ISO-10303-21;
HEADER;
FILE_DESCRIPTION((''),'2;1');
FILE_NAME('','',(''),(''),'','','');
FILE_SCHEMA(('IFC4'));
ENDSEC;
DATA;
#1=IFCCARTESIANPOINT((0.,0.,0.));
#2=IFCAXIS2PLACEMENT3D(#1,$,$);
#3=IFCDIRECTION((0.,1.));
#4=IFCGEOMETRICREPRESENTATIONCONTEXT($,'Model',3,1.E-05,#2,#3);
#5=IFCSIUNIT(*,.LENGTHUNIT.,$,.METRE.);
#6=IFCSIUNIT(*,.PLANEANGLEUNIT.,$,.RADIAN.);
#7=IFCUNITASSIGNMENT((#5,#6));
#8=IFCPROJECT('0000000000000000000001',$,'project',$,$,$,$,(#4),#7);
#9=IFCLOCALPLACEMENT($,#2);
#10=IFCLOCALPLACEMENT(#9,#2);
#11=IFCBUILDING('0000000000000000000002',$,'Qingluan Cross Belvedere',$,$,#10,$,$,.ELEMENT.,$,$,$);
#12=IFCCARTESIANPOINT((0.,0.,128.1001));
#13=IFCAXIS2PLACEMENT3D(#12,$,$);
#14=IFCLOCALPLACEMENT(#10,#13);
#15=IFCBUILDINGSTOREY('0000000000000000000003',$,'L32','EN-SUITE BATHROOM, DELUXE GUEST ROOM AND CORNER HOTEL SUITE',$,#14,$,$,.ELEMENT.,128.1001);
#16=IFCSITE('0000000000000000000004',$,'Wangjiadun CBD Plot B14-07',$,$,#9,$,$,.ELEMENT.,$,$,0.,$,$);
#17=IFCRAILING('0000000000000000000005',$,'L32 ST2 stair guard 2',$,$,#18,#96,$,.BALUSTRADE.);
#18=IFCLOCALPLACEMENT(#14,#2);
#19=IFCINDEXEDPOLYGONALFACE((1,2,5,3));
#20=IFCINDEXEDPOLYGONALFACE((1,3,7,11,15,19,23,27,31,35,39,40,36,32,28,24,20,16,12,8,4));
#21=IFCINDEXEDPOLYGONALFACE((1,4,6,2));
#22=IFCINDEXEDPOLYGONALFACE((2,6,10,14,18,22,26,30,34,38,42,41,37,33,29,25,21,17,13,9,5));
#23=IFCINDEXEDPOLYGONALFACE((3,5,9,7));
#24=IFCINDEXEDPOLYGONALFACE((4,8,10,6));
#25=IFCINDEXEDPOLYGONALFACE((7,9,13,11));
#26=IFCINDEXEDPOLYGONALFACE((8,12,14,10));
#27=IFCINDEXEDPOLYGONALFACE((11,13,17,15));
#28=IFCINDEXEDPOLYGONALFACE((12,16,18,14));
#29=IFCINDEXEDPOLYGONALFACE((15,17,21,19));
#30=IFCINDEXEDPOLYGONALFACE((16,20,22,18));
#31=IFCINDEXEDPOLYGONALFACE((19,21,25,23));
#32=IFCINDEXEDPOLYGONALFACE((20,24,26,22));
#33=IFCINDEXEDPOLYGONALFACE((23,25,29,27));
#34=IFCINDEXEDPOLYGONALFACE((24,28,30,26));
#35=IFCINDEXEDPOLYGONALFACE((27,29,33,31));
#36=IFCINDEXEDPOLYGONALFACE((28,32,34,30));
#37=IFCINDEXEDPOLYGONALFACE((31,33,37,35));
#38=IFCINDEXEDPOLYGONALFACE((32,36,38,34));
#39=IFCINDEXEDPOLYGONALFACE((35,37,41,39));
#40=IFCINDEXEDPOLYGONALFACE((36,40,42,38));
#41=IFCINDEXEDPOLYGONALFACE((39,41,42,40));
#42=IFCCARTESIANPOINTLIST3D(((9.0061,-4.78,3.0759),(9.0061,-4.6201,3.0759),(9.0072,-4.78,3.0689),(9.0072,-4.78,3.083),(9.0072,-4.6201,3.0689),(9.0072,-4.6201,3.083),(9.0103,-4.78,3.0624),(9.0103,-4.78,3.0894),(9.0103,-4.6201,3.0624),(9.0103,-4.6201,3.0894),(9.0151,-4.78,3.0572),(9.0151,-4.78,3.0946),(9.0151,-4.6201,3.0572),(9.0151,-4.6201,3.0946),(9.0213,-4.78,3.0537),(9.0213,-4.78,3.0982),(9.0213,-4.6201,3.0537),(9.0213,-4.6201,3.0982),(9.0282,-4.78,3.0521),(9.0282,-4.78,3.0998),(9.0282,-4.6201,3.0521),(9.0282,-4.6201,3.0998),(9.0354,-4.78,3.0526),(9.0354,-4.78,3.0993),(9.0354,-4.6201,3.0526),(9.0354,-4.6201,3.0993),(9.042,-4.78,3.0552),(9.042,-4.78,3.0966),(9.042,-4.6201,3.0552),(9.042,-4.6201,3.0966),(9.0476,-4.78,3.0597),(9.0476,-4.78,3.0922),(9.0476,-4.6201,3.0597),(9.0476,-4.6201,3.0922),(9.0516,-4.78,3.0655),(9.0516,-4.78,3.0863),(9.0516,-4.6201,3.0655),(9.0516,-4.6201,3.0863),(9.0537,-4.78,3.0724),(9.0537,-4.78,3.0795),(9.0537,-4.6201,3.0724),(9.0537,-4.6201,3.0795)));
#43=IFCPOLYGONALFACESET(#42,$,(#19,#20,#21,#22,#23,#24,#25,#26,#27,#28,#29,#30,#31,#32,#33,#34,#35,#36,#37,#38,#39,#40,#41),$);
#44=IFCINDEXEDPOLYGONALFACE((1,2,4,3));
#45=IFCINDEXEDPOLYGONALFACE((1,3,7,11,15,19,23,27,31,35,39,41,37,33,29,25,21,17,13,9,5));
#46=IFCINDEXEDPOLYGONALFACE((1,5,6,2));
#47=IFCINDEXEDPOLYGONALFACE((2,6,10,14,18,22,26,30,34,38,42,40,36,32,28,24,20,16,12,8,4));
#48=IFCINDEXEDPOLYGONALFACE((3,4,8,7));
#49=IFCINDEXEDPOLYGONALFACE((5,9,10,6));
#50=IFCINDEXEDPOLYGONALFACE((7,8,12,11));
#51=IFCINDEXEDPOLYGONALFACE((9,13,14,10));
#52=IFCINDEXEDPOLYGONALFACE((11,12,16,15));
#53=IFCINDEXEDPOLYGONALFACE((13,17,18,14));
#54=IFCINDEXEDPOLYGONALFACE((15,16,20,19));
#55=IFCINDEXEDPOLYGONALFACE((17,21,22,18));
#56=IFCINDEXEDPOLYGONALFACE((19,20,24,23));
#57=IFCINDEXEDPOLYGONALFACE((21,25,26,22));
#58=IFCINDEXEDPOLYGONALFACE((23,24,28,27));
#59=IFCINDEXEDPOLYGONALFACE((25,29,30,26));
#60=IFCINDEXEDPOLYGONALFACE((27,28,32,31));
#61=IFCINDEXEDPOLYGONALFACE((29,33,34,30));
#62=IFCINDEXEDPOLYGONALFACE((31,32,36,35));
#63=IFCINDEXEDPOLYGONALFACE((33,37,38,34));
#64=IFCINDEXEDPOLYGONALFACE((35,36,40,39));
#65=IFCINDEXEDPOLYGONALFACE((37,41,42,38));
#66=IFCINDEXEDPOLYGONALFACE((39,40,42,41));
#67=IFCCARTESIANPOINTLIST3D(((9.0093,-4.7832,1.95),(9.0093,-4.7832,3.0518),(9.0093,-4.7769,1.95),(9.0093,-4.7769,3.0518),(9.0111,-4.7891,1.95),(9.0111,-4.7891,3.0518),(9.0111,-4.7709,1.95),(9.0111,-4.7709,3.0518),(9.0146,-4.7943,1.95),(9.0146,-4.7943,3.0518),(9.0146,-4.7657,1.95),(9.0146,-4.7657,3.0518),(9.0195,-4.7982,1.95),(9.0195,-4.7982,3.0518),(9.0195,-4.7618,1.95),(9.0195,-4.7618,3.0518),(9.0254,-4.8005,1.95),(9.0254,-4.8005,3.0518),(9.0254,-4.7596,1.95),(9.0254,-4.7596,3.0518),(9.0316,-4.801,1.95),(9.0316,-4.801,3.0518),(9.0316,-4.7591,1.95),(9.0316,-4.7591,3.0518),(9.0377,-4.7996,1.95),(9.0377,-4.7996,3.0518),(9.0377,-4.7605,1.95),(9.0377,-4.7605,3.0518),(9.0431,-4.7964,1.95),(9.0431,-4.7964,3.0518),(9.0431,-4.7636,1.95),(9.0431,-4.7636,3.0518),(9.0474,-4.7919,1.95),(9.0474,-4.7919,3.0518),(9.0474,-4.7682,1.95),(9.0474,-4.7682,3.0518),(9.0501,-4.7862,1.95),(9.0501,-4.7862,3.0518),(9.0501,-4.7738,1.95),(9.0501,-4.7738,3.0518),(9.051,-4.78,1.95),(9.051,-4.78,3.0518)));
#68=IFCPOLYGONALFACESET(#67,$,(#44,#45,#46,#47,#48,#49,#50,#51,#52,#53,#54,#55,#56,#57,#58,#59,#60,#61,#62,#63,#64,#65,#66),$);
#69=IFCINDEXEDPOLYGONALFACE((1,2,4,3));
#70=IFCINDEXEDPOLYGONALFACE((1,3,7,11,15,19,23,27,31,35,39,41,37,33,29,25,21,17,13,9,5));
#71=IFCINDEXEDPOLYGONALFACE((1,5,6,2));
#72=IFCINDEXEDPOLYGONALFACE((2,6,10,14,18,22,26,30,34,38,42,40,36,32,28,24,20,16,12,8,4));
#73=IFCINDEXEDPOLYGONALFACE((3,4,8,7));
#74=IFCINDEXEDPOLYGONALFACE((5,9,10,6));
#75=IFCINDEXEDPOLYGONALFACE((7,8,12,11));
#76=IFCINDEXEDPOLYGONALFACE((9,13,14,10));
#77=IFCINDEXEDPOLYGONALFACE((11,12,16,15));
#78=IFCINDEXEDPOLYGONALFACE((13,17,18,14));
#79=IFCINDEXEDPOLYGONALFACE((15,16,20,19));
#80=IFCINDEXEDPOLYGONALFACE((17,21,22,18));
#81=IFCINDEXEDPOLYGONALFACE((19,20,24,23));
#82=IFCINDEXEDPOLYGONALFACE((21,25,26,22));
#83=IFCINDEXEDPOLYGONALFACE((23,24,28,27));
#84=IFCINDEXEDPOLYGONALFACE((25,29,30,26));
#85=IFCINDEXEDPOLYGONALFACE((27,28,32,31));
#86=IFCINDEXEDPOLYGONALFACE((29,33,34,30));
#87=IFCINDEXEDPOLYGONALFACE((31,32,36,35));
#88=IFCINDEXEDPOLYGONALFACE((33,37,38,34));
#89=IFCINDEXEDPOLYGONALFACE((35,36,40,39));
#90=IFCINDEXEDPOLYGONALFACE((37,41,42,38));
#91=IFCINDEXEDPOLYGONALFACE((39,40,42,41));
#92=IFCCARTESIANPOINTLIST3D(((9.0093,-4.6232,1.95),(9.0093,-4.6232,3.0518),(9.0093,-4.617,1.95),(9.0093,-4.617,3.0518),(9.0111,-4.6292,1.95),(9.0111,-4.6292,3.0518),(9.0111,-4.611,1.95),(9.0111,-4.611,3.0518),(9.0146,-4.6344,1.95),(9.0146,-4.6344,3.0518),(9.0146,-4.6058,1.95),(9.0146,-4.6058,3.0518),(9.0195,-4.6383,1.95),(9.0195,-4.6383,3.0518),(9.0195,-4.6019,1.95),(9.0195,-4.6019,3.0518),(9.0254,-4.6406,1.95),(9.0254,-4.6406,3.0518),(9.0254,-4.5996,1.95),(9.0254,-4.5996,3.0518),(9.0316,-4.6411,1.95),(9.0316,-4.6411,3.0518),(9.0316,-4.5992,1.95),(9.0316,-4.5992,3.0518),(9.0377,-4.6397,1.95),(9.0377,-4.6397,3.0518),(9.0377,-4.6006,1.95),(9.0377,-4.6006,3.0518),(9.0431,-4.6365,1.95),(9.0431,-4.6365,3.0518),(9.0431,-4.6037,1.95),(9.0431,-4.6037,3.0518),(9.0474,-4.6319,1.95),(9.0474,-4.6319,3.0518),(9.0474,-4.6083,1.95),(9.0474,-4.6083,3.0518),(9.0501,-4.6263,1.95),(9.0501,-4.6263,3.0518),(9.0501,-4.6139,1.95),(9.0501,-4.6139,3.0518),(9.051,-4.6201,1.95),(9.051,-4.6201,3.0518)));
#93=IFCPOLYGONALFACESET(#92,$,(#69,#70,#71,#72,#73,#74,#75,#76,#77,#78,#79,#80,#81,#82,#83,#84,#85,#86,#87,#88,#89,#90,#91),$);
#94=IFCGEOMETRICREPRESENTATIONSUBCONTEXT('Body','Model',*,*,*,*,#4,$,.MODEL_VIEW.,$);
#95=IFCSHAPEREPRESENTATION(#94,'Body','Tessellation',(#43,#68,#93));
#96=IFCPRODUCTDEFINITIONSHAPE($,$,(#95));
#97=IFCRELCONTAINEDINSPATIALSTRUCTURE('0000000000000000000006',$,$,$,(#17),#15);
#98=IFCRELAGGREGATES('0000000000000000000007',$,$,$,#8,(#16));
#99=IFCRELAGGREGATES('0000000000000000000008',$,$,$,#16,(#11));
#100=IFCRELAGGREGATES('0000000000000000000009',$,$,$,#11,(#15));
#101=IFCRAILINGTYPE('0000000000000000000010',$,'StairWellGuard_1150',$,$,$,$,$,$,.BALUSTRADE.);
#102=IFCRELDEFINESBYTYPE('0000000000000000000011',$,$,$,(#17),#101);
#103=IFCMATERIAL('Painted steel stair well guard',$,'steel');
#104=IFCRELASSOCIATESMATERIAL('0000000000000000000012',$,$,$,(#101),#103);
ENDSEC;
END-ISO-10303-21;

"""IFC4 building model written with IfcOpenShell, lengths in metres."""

from ifc_helpers import new_model, si_unit, direction, frame, origin, origin_2d, place, context, subcontext, project, spatial, circle, extrude, material, type_object, element, save


model = new_model("IFC4")

# Units and contexts
model_context = context("Model", 3, precision=1e-05, world=origin(), true_north=direction((0.0, 1.0)))
body_context = subcontext(model_context, "Body", "Model", "MODEL_VIEW")
ifc_project = project(units=[si_unit("LENGTHUNIT", "METRE"), si_unit("PLANEANGLEUNIT", "RADIAN")], contexts=[model_context])

# Site, building, storey
site_placement = place(None, origin())
site = spatial("IfcSite", under=ifc_project, at=site_placement, Name="Wangjiadun CBD Plot B14-07", CompositionType="ELEMENT", RefElevation=0.0)
building_placement = place(site_placement, origin())
building = spatial("IfcBuilding", under=site, at=building_placement, Name="Qingluan Cross Belvedere", CompositionType="ELEMENT")
storey_placement = place(building_placement, frame((0.0, 0.0, 128.1001)))
storey = spatial("IfcBuildingStorey", under=building, at=storey_placement, Name="L32", Description="EN-SUITE BATHROOM, DELUXE GUEST ROOM AND CORNER HOTEL SUITE", CompositionType="ELEMENT", Elevation=128.1001)

# Railing
ifc_material_1 = material(Name="Painted steel stair well guard", Category="steel")
railing_type_1 = type_object("IfcRailingType", Name="StairWellGuard_1150", PredefinedType="BALUSTRADE", material=ifc_material_1)
railing_1_placement = place(storey_placement, frame((9.03, -4.78, 1.95)))
element("IfcRailing", 1, at=railing_1_placement, inside=storey, type_object=railing_type_1, Name="L32 ST2 stair guard 2", PredefinedType="BALUSTRADE", context=body_context, shape_type="SweptSolid", body=[
    extrude(circle(Radius=0.0239, at=origin_2d()), frame((0.0, 0.0, 1.126), z_axis=(0.0, 1.0, 0.0), x_axis=(-1.0, 0.0, 0.0)), (0.0, 0.0, 1.0), 0.1599),
    extrude(circle(Radius=0.021, at=origin_2d()), origin(), (0.0, 0.0, 1.0), 1.1018),
    extrude(circle(Radius=0.021, at=origin_2d()), frame((0.0, 0.1599, 0.0)), (0.0, 0.0, 1.0), 1.1018),
])

save(model, "model.ifc")
